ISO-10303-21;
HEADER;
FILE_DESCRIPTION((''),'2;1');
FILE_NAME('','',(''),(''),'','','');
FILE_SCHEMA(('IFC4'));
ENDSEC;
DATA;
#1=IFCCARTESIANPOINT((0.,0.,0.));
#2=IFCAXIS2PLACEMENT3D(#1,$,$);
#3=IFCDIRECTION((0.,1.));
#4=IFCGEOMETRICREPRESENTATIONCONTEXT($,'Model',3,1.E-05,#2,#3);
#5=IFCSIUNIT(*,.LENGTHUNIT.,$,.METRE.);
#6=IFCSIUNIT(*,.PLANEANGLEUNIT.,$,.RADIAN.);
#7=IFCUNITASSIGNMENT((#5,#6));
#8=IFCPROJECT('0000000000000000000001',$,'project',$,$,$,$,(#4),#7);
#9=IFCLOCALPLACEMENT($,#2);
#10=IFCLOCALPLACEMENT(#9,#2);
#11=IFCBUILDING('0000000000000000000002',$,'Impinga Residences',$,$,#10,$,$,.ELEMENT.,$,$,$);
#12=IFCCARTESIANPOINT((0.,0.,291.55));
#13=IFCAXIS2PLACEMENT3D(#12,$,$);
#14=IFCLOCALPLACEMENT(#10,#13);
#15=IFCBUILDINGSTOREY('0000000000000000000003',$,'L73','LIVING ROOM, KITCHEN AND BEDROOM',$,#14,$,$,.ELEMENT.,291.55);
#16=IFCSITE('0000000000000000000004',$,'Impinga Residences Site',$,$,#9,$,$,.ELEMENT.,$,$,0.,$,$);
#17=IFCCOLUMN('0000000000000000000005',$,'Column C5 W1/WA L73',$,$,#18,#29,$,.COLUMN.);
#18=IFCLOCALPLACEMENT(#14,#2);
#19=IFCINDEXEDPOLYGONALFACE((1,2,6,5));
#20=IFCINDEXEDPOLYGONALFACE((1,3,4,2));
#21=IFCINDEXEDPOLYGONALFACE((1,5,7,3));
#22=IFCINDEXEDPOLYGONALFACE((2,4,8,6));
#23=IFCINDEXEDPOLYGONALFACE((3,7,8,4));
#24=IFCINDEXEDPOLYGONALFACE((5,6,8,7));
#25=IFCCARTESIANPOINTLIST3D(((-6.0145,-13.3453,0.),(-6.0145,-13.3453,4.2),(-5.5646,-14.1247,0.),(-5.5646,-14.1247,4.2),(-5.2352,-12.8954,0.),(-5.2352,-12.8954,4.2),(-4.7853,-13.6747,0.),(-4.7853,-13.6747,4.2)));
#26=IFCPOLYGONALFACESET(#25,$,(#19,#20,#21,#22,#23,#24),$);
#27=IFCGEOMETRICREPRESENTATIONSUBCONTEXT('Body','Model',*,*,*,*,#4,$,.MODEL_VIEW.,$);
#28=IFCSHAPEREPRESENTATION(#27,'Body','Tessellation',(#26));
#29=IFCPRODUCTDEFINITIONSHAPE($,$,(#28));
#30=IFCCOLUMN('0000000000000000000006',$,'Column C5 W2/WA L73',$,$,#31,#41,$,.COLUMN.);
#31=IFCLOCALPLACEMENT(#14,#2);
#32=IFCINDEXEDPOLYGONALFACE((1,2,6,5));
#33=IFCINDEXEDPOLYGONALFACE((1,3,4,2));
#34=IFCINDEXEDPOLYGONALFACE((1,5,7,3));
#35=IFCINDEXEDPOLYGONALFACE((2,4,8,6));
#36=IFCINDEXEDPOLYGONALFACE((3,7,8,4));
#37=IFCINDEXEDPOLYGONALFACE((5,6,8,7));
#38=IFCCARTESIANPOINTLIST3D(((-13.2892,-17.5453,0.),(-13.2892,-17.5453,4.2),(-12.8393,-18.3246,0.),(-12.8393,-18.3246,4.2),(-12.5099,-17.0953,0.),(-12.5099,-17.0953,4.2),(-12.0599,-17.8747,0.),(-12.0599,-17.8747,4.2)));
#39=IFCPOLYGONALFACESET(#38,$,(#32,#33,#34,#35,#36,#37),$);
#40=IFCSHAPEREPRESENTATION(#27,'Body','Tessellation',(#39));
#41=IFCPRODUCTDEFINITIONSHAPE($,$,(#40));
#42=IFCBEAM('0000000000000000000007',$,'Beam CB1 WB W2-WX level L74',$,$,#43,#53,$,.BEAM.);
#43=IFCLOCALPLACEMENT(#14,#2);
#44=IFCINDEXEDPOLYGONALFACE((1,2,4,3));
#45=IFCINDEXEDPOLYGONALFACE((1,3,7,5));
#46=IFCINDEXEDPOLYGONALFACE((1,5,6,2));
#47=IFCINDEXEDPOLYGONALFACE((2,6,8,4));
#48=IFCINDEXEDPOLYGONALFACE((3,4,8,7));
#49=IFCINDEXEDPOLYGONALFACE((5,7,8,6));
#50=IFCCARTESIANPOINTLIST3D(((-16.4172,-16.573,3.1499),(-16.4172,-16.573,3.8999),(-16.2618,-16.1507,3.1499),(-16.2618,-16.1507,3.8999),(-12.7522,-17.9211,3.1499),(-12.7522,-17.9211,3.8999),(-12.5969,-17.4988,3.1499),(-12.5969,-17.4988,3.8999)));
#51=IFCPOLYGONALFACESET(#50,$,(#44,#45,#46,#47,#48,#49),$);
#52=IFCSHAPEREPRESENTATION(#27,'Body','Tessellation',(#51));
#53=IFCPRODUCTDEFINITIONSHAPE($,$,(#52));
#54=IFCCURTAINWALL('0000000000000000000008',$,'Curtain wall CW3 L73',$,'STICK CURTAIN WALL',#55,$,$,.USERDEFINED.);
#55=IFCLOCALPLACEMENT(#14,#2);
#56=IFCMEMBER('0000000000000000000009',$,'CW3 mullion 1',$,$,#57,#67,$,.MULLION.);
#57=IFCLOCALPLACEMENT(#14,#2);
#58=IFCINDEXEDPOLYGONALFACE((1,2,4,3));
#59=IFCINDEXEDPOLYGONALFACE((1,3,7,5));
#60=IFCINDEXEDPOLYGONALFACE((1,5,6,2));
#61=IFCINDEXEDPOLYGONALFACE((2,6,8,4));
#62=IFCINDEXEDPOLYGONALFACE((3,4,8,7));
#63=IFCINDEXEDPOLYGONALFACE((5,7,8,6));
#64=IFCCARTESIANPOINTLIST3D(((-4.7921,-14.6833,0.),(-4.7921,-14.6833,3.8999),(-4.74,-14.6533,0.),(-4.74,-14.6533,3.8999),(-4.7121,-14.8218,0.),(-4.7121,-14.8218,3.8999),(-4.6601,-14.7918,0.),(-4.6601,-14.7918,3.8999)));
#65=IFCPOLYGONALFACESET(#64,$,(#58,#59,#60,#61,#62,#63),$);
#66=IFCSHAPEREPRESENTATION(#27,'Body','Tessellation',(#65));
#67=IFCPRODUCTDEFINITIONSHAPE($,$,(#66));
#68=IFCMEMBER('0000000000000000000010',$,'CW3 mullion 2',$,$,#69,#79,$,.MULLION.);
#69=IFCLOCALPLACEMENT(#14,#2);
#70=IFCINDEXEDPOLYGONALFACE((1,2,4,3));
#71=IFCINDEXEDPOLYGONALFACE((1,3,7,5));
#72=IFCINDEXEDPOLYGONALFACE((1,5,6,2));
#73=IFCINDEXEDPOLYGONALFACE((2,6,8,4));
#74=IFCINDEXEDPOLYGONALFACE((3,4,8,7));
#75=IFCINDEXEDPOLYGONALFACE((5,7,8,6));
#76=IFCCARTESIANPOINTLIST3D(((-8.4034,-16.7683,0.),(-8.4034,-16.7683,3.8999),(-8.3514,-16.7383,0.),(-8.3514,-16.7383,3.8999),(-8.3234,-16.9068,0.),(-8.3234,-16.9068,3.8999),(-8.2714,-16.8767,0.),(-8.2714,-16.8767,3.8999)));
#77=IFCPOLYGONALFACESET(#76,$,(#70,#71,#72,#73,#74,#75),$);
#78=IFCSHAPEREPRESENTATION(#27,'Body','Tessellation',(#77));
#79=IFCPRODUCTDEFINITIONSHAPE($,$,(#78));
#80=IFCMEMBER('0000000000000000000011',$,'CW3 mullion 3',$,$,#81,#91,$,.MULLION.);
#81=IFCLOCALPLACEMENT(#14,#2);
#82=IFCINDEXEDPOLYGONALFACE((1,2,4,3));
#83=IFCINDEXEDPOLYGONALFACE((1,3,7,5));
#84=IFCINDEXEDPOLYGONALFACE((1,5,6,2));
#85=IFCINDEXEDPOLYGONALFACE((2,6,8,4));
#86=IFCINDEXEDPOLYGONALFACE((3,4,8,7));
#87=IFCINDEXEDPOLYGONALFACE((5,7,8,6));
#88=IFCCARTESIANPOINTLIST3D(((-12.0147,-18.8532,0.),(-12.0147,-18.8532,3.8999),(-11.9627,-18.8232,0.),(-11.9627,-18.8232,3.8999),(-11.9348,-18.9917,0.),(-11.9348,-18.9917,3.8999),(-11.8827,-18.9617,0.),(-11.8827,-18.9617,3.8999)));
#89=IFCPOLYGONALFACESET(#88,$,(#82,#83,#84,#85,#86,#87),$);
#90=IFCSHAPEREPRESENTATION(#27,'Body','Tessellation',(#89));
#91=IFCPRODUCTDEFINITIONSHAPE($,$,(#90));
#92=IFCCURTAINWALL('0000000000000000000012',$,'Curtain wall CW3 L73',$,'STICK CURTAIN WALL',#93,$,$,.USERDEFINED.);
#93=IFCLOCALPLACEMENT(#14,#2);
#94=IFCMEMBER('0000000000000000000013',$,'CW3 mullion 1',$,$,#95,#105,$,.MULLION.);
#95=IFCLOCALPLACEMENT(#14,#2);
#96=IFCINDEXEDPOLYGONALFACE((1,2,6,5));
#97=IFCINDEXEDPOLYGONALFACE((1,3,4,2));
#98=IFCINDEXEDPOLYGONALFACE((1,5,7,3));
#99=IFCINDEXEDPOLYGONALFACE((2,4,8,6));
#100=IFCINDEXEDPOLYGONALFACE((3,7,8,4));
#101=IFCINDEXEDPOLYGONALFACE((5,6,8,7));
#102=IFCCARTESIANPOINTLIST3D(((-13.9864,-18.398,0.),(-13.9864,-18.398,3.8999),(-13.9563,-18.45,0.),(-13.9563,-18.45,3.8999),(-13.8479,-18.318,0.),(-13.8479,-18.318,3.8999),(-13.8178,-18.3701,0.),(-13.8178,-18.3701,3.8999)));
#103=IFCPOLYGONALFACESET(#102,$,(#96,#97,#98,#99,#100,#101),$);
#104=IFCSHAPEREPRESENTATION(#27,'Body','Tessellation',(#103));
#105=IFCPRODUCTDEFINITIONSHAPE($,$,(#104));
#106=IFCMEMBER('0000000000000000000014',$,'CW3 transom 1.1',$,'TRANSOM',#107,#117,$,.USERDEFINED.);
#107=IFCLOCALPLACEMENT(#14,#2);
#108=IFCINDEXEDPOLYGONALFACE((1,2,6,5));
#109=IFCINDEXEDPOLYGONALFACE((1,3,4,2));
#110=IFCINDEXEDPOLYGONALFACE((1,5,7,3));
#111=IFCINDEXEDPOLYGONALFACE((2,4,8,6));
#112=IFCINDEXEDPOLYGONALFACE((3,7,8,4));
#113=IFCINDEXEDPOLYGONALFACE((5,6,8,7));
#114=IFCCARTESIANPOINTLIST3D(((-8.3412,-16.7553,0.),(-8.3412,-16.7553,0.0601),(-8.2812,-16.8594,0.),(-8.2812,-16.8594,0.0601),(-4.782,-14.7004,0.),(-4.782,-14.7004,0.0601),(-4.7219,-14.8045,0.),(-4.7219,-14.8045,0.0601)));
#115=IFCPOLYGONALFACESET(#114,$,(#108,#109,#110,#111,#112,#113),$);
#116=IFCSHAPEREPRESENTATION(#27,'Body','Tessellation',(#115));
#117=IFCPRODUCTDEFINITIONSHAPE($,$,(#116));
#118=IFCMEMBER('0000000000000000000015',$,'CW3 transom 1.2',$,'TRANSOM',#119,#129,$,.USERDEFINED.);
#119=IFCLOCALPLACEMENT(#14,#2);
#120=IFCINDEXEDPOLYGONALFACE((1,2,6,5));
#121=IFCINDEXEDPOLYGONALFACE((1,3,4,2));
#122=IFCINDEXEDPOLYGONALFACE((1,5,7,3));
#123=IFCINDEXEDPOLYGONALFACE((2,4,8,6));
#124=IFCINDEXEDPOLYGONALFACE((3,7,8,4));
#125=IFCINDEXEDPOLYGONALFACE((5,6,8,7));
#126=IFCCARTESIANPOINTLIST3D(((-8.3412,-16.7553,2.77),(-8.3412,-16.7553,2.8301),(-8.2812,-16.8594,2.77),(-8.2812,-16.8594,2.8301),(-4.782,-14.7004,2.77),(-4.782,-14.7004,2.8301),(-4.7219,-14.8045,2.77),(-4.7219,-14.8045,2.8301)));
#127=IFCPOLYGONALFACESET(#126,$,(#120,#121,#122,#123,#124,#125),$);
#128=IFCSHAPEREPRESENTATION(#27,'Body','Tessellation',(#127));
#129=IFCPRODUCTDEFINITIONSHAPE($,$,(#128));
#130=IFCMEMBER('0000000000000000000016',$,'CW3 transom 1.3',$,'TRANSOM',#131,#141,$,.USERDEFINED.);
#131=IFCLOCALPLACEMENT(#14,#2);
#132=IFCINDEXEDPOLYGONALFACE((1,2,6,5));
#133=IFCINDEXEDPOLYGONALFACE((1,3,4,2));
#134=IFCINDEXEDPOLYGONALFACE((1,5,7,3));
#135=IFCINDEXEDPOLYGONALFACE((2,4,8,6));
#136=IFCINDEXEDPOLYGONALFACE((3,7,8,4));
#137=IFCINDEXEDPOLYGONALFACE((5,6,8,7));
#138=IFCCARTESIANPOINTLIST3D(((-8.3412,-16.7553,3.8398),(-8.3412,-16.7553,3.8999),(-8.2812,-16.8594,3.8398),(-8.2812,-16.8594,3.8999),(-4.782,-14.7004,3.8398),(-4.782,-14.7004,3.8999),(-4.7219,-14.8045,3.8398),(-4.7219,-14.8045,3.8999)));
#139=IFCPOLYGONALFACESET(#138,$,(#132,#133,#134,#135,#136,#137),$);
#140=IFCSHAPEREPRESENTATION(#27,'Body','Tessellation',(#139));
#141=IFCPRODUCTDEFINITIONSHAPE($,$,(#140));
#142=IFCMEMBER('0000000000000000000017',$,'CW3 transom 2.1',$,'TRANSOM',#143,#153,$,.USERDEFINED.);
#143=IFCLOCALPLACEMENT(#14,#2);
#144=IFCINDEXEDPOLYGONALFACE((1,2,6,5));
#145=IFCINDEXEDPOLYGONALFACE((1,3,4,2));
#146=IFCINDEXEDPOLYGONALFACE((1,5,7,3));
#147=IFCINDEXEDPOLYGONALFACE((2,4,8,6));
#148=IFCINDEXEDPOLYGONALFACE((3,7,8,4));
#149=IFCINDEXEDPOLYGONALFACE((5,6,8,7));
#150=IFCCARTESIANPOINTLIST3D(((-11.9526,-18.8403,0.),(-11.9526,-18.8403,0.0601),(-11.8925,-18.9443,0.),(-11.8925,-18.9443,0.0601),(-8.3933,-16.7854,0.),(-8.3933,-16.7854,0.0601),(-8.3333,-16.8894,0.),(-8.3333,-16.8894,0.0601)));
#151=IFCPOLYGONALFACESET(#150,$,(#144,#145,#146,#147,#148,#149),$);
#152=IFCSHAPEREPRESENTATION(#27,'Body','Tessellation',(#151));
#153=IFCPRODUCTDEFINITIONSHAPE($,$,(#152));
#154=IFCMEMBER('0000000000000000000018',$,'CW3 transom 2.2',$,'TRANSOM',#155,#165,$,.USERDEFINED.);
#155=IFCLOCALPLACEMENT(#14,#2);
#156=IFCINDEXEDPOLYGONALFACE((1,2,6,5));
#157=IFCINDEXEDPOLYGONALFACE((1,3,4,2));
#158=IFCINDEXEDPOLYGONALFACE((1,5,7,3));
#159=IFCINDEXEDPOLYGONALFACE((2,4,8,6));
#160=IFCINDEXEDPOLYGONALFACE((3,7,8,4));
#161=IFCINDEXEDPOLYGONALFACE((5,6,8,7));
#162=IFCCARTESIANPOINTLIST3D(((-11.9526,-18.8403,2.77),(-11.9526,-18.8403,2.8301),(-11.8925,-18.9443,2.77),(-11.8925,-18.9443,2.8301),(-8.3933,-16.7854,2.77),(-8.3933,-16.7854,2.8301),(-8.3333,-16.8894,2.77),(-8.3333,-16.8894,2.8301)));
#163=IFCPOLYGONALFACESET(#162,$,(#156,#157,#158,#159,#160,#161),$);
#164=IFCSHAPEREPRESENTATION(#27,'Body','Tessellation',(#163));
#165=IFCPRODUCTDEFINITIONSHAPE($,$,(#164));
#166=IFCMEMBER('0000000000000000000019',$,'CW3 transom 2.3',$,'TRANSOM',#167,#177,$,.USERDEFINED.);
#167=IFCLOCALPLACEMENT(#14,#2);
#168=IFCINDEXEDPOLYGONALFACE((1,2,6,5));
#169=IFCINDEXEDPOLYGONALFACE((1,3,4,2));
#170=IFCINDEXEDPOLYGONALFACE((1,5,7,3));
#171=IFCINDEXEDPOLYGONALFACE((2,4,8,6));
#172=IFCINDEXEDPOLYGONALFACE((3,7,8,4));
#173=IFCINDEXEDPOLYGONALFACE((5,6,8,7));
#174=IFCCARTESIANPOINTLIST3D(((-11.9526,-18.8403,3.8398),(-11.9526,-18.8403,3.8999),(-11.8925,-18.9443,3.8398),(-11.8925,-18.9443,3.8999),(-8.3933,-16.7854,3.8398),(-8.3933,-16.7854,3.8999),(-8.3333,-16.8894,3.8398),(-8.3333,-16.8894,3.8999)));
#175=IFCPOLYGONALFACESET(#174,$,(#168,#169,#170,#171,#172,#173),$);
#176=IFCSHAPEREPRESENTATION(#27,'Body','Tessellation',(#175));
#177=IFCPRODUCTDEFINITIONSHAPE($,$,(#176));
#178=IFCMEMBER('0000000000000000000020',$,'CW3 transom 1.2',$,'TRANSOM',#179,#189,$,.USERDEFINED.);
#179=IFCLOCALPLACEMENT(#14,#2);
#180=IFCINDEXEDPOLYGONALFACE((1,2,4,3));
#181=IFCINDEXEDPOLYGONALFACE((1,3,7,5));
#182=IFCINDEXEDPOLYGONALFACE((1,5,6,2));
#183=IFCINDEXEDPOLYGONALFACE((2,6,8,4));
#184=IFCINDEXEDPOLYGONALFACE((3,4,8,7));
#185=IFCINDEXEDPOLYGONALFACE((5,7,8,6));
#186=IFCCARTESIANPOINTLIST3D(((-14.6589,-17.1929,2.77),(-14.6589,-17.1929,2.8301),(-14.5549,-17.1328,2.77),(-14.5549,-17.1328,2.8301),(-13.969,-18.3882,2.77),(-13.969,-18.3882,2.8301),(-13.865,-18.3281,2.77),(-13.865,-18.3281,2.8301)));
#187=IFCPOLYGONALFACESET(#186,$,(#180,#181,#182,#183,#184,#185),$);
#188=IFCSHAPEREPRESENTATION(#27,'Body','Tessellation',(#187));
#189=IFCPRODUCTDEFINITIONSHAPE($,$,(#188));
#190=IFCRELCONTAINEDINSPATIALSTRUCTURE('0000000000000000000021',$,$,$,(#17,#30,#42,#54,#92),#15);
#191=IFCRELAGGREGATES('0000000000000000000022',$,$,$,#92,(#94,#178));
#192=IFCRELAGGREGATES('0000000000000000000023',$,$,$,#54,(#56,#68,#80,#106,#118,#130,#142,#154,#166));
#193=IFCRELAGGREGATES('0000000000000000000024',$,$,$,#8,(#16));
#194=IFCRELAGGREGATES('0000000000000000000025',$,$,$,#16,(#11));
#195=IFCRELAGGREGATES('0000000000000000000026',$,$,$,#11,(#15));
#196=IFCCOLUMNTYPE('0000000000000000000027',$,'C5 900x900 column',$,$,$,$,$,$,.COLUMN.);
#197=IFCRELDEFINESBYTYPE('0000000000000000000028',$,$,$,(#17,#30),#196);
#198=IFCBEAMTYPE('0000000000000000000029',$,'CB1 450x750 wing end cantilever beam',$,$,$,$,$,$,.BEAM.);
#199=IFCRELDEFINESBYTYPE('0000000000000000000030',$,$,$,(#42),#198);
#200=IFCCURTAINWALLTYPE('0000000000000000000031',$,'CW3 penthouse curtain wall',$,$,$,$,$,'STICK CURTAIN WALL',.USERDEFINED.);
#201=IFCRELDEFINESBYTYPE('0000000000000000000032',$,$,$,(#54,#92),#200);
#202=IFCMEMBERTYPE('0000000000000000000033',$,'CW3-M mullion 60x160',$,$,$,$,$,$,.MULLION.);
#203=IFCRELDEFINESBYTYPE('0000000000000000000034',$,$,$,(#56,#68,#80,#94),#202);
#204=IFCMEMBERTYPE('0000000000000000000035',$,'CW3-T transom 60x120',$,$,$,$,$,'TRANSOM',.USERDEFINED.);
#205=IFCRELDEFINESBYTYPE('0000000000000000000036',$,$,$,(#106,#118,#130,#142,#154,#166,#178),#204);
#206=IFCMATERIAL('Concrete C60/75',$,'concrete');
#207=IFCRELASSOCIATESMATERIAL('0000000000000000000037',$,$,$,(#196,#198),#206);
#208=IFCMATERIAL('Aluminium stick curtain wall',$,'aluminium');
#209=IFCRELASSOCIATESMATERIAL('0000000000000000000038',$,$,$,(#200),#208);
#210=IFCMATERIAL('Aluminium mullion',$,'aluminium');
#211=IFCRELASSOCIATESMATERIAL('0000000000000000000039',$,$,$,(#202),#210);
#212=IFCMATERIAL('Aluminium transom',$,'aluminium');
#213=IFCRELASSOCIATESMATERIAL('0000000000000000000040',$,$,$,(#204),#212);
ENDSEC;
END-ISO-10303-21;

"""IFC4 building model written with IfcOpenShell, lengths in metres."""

from ifc_helpers import new_model, si_unit, direction, frame, origin, origin_2d, place, context, subcontext, project, spatial, rectangle, extrude, material, material_profile, profile_set, type_object, element, aggregate, save


model = new_model("IFC4")

# Units and contexts
model_context = context("Model", 3, precision=1e-05, world=origin(), true_north=direction((0.0, 1.0)))
body_context = subcontext(model_context, "Body", "Model", "MODEL_VIEW")
ifc_project = project(units=[si_unit("LENGTHUNIT", "METRE"), si_unit("PLANEANGLEUNIT", "RADIAN")], contexts=[model_context])

# Site, building, storey
site_placement = place(None, origin())
site = spatial("IfcSite", under=ifc_project, at=site_placement, Name="Impinga Residences Site", CompositionType="ELEMENT", RefElevation=0.0)
building_placement = place(site_placement, origin())
building = spatial("IfcBuilding", under=site, at=building_placement, Name="Impinga Residences", CompositionType="ELEMENT")
storey_placement = place(building_placement, frame((0.0, 0.0, 291.55)))
storey = spatial("IfcBuildingStorey", under=building, at=storey_placement, Name="L73", Description="LIVING ROOM, KITCHEN AND BEDROOM", CompositionType="ELEMENT", Elevation=291.55)

# Columns
ifc_material_1 = material(Name="Concrete C60/75", Category="concrete")
ifc_material_profile_1 = material_profile(ifc_material_1, rectangle(XDim=0.8999, YDim=0.8999, at=origin_2d()), Name="RC 900x900")
ifc_profile_set_1 = profile_set([ifc_material_profile_1], Name="Concrete C60/75")
column_type = type_object("IfcColumnType", Name="C5 900x900 column", PredefinedType="COLUMN", material=ifc_profile_set_1)
for number, where, z_axis, x_axis, name in (
    (1, (-5.3999, -13.51, 0.0), (0.0, 0.0, 1.0), (-0.5, 0.866025, 0.0), "Column C5 W1/WA L73"),
    (2, (-12.6746, -17.71, 0.0), (0.0, 0.0, 1.0), (-0.5, 0.866025, 0.0), "Column C5 W2/WA L73"),
):
    element("IfcColumn", number, at=place(storey_placement, frame(where, z_axis=z_axis, x_axis=x_axis)), inside=storey, type_object=column_type, Name=name, PredefinedType="COLUMN", context=body_context, shape_type="SweptSolid", body=[
        extrude(rectangle(XDim=0.8999, YDim=0.8999, at=origin_2d()), origin(), (0.0, 0.0, 1.0), 4.2),
    ])

# Beam
ifc_material_profile_2 = material_profile(ifc_material_1, rectangle(XDim=0.45, YDim=0.75, at=origin_2d()), Name="RC 450x750")
ifc_profile_set_2 = profile_set([ifc_material_profile_2], Name="Concrete C60/75")
beam_type_1 = type_object("IfcBeamType", Name="CB1 450x750 wing end cantilever beam", PredefinedType="BEAM", material=ifc_profile_set_2)
beam_1_placement = place(storey_placement, frame((-12.6746, -17.71, 3.5249), z_axis=(-0.93852, 0.345224, 0.0), x_axis=(-0.345224, -0.93852, 0.0)))
element("IfcBeam", 3, at=beam_1_placement, inside=storey, type_object=beam_type_1, Name="Beam CB1 WB W2-WX level L74", PredefinedType="BEAM", context=body_context, shape_type="SweptSolid", body=[
    extrude(rectangle(XDim=0.45, YDim=0.75, at=origin_2d()), origin(), (0.0, 0.0, 1.0), 3.905),
])

# Curtain wall, members
ifc_material_2 = material(Name="Aluminium stick curtain wall", Category="aluminium")
curtain_wall_type = type_object("IfcCurtainWallType", Name="CW3 penthouse curtain wall", ElementType="STICK CURTAIN WALL", PredefinedType="USERDEFINED", material=ifc_material_2)
curtain_wall_1_placement = place(storey_placement, origin())
curtain_wall_1 = element("IfcCurtainWall", 4, at=curtain_wall_1_placement, inside=storey, type_object=curtain_wall_type, Name="Curtain wall CW3 L73", ObjectType="STICK CURTAIN WALL", PredefinedType="USERDEFINED")
ifc_material_3 = material(Name="Aluminium mullion", Category="aluminium")
ifc_material_profile_3 = material_profile(ifc_material_3, rectangle(XDim=0.0601, YDim=0.1599, at=origin_2d()), Name="60x160 mullion")
ifc_profile_set_3 = profile_set([ifc_material_profile_3], Name="Aluminium mullion")
member_type_1 = type_object("IfcMemberType", Name="CW3-M mullion 60x160", PredefinedType="MULLION", material=ifc_profile_set_3)
member_1_placement = place(storey_placement, frame((-4.7261, -14.7375, 0.0), z_axis=(0.0, 0.0, 1.0), x_axis=(-0.866025, -0.5, 0.0)))
member_1 = element("IfcMember", 5, at=member_1_placement, type_object=member_type_1, Name="CW3 mullion 1", PredefinedType="MULLION", context=body_context, shape_type="SweptSolid", body=[
    extrude(rectangle(XDim=0.0601, YDim=0.1599, at=origin_2d()), origin(), (0.0, 0.0, 1.0), 3.8999),
])
member_2_placement = place(storey_placement, frame((-8.3374, -16.8225, 0.0), z_axis=(0.0, 0.0, 1.0), x_axis=(-0.866025, -0.5, 0.0)))
member_2 = element("IfcMember", 6, at=member_2_placement, type_object=member_type_1, Name="CW3 mullion 2", PredefinedType="MULLION", context=body_context, shape_type="SweptSolid", body=[
    extrude(rectangle(XDim=0.0601, YDim=0.1599, at=origin_2d()), origin(), (0.0, 0.0, 1.0), 3.8999),
])
member_3_placement = place(storey_placement, frame((-11.9487, -18.9075, 0.0), z_axis=(0.0, 0.0, 1.0), x_axis=(-0.866025, -0.5, 0.0)))
member_3 = element("IfcMember", 7, at=member_3_placement, type_object=member_type_1, Name="CW3 mullion 3", PredefinedType="MULLION", context=body_context, shape_type="SweptSolid", body=[
    extrude(rectangle(XDim=0.0601, YDim=0.1599, at=origin_2d()), origin(), (0.0, 0.0, 1.0), 3.8999),
])

# Curtain wall, member
curtain_wall_2_placement = place(storey_placement, origin())
curtain_wall_2 = element("IfcCurtainWall", 8, at=curtain_wall_2_placement, inside=storey, type_object=curtain_wall_type, Name="Curtain wall CW3 L73", ObjectType="STICK CURTAIN WALL", PredefinedType="USERDEFINED")
member_4_placement = place(storey_placement, frame((-13.9021, -18.384, 0.0), z_axis=(0.0, 0.0, 1.0), x_axis=(-0.5, 0.866025, 0.0)))
member_4 = element("IfcMember", 9, at=member_4_placement, type_object=member_type_1, Name="CW3 mullion 1", PredefinedType="MULLION", context=body_context, shape_type="SweptSolid", body=[
    extrude(rectangle(XDim=0.0601, YDim=0.1599, at=origin_2d()), origin(), (0.0, 0.0, 1.0), 3.8999),
])

# Members
ifc_material_4 = material(Name="Aluminium transom", Category="aluminium")
ifc_material_profile_4 = material_profile(ifc_material_4, rectangle(XDim=0.0601, YDim=0.1201, at=origin_2d()), Name="60x120 transom")
ifc_profile_set_4 = profile_set([ifc_material_profile_4], Name="Aluminium transom")
member_type_2 = type_object("IfcMemberType", Name="CW3-T transom 60x120", ElementType="TRANSOM", PredefinedType="USERDEFINED", material=ifc_profile_set_4)
member_5_placement = place(storey_placement, frame((-4.752, -14.7524, 0.03), z_axis=(-0.86603, -0.499992, 0.0), x_axis=(0.0, 0.0, 1.0)))
member_5 = element("IfcMember", 10, at=member_5_placement, type_object=member_type_2, Name="CW3 transom 1.1", ObjectType="TRANSOM", PredefinedType="USERDEFINED", context=body_context, shape_type="SweptSolid", body=[
    extrude(rectangle(XDim=0.0601, YDim=0.1201, at=origin_2d()), origin(), (0.0, 0.0, 1.0), 4.1099),
])
member_6_placement = place(storey_placement, frame((-4.752, -14.7524, 2.8), z_axis=(-0.86603, -0.499992, 0.0), x_axis=(0.0, 0.0, 1.0)))
member_6 = element("IfcMember", 11, at=member_6_placement, type_object=member_type_2, Name="CW3 transom 1.2", ObjectType="TRANSOM", PredefinedType="USERDEFINED", context=body_context, shape_type="SweptSolid", body=[
    extrude(rectangle(XDim=0.0601, YDim=0.1201, at=origin_2d()), origin(), (0.0, 0.0, 1.0), 4.1099),
])
member_7_placement = place(storey_placement, frame((-4.752, -14.7524, 3.8699), z_axis=(-0.86603, -0.499992, 0.0), x_axis=(0.0, 0.0, 1.0)))
member_7 = element("IfcMember", 12, at=member_7_placement, type_object=member_type_2, Name="CW3 transom 1.3", ObjectType="TRANSOM", PredefinedType="USERDEFINED", context=body_context, shape_type="SweptSolid", body=[
    extrude(rectangle(XDim=0.0601, YDim=0.1201, at=origin_2d()), origin(), (0.0, 0.0, 1.0), 4.1099),
])
member_8_placement = place(storey_placement, frame((-8.3633, -16.8374, 0.03), z_axis=(-0.86603, -0.499992, 0.0), x_axis=(0.0, 0.0, 1.0)))
member_8 = element("IfcMember", 13, at=member_8_placement, type_object=member_type_2, Name="CW3 transom 2.1", ObjectType="TRANSOM", PredefinedType="USERDEFINED", context=body_context, shape_type="SweptSolid", body=[
    extrude(rectangle(XDim=0.0601, YDim=0.1201, at=origin_2d()), origin(), (0.0, 0.0, 1.0), 4.1099),
])
member_9_placement = place(storey_placement, frame((-8.3633, -16.8374, 2.8), z_axis=(-0.86603, -0.499992, 0.0), x_axis=(0.0, 0.0, 1.0)))
member_9 = element("IfcMember", 14, at=member_9_placement, type_object=member_type_2, Name="CW3 transom 2.2", ObjectType="TRANSOM", PredefinedType="USERDEFINED", context=body_context, shape_type="SweptSolid", body=[
    extrude(rectangle(XDim=0.0601, YDim=0.1201, at=origin_2d()), origin(), (0.0, 0.0, 1.0), 4.1099),
])
member_10_placement = place(storey_placement, frame((-8.3633, -16.8374, 3.8699), z_axis=(-0.86603, -0.499992, 0.0), x_axis=(0.0, 0.0, 1.0)))
member_10 = element("IfcMember", 15, at=member_10_placement, type_object=member_type_2, Name="CW3 transom 2.3", ObjectType="TRANSOM", PredefinedType="USERDEFINED", context=body_context, shape_type="SweptSolid", body=[
    extrude(rectangle(XDim=0.0601, YDim=0.1201, at=origin_2d()), origin(), (0.0, 0.0, 1.0), 4.1099),
])
member_11_placement = place(storey_placement, frame((-13.917, -18.3582, 2.8), z_axis=(-0.499906, 0.86608, 0.0), x_axis=(0.0, 0.0, 1.0)))
member_11 = element("IfcMember", 16, at=member_11_placement, type_object=member_type_2, Name="CW3 transom 1.2", ObjectType="TRANSOM", PredefinedType="USERDEFINED", context=body_context, shape_type="SweptSolid", body=[
    extrude(rectangle(XDim=0.0601, YDim=0.1201, at=origin_2d()), origin(), (0.0, 0.0, 1.0), 1.3801),
])
aggregate(curtain_wall_2, [member_4, member_11])

aggregate(curtain_wall_1, [member_1, member_2, member_3, member_5, member_6, member_7, member_8, member_9, member_10])

save(model, "model.ifc")
